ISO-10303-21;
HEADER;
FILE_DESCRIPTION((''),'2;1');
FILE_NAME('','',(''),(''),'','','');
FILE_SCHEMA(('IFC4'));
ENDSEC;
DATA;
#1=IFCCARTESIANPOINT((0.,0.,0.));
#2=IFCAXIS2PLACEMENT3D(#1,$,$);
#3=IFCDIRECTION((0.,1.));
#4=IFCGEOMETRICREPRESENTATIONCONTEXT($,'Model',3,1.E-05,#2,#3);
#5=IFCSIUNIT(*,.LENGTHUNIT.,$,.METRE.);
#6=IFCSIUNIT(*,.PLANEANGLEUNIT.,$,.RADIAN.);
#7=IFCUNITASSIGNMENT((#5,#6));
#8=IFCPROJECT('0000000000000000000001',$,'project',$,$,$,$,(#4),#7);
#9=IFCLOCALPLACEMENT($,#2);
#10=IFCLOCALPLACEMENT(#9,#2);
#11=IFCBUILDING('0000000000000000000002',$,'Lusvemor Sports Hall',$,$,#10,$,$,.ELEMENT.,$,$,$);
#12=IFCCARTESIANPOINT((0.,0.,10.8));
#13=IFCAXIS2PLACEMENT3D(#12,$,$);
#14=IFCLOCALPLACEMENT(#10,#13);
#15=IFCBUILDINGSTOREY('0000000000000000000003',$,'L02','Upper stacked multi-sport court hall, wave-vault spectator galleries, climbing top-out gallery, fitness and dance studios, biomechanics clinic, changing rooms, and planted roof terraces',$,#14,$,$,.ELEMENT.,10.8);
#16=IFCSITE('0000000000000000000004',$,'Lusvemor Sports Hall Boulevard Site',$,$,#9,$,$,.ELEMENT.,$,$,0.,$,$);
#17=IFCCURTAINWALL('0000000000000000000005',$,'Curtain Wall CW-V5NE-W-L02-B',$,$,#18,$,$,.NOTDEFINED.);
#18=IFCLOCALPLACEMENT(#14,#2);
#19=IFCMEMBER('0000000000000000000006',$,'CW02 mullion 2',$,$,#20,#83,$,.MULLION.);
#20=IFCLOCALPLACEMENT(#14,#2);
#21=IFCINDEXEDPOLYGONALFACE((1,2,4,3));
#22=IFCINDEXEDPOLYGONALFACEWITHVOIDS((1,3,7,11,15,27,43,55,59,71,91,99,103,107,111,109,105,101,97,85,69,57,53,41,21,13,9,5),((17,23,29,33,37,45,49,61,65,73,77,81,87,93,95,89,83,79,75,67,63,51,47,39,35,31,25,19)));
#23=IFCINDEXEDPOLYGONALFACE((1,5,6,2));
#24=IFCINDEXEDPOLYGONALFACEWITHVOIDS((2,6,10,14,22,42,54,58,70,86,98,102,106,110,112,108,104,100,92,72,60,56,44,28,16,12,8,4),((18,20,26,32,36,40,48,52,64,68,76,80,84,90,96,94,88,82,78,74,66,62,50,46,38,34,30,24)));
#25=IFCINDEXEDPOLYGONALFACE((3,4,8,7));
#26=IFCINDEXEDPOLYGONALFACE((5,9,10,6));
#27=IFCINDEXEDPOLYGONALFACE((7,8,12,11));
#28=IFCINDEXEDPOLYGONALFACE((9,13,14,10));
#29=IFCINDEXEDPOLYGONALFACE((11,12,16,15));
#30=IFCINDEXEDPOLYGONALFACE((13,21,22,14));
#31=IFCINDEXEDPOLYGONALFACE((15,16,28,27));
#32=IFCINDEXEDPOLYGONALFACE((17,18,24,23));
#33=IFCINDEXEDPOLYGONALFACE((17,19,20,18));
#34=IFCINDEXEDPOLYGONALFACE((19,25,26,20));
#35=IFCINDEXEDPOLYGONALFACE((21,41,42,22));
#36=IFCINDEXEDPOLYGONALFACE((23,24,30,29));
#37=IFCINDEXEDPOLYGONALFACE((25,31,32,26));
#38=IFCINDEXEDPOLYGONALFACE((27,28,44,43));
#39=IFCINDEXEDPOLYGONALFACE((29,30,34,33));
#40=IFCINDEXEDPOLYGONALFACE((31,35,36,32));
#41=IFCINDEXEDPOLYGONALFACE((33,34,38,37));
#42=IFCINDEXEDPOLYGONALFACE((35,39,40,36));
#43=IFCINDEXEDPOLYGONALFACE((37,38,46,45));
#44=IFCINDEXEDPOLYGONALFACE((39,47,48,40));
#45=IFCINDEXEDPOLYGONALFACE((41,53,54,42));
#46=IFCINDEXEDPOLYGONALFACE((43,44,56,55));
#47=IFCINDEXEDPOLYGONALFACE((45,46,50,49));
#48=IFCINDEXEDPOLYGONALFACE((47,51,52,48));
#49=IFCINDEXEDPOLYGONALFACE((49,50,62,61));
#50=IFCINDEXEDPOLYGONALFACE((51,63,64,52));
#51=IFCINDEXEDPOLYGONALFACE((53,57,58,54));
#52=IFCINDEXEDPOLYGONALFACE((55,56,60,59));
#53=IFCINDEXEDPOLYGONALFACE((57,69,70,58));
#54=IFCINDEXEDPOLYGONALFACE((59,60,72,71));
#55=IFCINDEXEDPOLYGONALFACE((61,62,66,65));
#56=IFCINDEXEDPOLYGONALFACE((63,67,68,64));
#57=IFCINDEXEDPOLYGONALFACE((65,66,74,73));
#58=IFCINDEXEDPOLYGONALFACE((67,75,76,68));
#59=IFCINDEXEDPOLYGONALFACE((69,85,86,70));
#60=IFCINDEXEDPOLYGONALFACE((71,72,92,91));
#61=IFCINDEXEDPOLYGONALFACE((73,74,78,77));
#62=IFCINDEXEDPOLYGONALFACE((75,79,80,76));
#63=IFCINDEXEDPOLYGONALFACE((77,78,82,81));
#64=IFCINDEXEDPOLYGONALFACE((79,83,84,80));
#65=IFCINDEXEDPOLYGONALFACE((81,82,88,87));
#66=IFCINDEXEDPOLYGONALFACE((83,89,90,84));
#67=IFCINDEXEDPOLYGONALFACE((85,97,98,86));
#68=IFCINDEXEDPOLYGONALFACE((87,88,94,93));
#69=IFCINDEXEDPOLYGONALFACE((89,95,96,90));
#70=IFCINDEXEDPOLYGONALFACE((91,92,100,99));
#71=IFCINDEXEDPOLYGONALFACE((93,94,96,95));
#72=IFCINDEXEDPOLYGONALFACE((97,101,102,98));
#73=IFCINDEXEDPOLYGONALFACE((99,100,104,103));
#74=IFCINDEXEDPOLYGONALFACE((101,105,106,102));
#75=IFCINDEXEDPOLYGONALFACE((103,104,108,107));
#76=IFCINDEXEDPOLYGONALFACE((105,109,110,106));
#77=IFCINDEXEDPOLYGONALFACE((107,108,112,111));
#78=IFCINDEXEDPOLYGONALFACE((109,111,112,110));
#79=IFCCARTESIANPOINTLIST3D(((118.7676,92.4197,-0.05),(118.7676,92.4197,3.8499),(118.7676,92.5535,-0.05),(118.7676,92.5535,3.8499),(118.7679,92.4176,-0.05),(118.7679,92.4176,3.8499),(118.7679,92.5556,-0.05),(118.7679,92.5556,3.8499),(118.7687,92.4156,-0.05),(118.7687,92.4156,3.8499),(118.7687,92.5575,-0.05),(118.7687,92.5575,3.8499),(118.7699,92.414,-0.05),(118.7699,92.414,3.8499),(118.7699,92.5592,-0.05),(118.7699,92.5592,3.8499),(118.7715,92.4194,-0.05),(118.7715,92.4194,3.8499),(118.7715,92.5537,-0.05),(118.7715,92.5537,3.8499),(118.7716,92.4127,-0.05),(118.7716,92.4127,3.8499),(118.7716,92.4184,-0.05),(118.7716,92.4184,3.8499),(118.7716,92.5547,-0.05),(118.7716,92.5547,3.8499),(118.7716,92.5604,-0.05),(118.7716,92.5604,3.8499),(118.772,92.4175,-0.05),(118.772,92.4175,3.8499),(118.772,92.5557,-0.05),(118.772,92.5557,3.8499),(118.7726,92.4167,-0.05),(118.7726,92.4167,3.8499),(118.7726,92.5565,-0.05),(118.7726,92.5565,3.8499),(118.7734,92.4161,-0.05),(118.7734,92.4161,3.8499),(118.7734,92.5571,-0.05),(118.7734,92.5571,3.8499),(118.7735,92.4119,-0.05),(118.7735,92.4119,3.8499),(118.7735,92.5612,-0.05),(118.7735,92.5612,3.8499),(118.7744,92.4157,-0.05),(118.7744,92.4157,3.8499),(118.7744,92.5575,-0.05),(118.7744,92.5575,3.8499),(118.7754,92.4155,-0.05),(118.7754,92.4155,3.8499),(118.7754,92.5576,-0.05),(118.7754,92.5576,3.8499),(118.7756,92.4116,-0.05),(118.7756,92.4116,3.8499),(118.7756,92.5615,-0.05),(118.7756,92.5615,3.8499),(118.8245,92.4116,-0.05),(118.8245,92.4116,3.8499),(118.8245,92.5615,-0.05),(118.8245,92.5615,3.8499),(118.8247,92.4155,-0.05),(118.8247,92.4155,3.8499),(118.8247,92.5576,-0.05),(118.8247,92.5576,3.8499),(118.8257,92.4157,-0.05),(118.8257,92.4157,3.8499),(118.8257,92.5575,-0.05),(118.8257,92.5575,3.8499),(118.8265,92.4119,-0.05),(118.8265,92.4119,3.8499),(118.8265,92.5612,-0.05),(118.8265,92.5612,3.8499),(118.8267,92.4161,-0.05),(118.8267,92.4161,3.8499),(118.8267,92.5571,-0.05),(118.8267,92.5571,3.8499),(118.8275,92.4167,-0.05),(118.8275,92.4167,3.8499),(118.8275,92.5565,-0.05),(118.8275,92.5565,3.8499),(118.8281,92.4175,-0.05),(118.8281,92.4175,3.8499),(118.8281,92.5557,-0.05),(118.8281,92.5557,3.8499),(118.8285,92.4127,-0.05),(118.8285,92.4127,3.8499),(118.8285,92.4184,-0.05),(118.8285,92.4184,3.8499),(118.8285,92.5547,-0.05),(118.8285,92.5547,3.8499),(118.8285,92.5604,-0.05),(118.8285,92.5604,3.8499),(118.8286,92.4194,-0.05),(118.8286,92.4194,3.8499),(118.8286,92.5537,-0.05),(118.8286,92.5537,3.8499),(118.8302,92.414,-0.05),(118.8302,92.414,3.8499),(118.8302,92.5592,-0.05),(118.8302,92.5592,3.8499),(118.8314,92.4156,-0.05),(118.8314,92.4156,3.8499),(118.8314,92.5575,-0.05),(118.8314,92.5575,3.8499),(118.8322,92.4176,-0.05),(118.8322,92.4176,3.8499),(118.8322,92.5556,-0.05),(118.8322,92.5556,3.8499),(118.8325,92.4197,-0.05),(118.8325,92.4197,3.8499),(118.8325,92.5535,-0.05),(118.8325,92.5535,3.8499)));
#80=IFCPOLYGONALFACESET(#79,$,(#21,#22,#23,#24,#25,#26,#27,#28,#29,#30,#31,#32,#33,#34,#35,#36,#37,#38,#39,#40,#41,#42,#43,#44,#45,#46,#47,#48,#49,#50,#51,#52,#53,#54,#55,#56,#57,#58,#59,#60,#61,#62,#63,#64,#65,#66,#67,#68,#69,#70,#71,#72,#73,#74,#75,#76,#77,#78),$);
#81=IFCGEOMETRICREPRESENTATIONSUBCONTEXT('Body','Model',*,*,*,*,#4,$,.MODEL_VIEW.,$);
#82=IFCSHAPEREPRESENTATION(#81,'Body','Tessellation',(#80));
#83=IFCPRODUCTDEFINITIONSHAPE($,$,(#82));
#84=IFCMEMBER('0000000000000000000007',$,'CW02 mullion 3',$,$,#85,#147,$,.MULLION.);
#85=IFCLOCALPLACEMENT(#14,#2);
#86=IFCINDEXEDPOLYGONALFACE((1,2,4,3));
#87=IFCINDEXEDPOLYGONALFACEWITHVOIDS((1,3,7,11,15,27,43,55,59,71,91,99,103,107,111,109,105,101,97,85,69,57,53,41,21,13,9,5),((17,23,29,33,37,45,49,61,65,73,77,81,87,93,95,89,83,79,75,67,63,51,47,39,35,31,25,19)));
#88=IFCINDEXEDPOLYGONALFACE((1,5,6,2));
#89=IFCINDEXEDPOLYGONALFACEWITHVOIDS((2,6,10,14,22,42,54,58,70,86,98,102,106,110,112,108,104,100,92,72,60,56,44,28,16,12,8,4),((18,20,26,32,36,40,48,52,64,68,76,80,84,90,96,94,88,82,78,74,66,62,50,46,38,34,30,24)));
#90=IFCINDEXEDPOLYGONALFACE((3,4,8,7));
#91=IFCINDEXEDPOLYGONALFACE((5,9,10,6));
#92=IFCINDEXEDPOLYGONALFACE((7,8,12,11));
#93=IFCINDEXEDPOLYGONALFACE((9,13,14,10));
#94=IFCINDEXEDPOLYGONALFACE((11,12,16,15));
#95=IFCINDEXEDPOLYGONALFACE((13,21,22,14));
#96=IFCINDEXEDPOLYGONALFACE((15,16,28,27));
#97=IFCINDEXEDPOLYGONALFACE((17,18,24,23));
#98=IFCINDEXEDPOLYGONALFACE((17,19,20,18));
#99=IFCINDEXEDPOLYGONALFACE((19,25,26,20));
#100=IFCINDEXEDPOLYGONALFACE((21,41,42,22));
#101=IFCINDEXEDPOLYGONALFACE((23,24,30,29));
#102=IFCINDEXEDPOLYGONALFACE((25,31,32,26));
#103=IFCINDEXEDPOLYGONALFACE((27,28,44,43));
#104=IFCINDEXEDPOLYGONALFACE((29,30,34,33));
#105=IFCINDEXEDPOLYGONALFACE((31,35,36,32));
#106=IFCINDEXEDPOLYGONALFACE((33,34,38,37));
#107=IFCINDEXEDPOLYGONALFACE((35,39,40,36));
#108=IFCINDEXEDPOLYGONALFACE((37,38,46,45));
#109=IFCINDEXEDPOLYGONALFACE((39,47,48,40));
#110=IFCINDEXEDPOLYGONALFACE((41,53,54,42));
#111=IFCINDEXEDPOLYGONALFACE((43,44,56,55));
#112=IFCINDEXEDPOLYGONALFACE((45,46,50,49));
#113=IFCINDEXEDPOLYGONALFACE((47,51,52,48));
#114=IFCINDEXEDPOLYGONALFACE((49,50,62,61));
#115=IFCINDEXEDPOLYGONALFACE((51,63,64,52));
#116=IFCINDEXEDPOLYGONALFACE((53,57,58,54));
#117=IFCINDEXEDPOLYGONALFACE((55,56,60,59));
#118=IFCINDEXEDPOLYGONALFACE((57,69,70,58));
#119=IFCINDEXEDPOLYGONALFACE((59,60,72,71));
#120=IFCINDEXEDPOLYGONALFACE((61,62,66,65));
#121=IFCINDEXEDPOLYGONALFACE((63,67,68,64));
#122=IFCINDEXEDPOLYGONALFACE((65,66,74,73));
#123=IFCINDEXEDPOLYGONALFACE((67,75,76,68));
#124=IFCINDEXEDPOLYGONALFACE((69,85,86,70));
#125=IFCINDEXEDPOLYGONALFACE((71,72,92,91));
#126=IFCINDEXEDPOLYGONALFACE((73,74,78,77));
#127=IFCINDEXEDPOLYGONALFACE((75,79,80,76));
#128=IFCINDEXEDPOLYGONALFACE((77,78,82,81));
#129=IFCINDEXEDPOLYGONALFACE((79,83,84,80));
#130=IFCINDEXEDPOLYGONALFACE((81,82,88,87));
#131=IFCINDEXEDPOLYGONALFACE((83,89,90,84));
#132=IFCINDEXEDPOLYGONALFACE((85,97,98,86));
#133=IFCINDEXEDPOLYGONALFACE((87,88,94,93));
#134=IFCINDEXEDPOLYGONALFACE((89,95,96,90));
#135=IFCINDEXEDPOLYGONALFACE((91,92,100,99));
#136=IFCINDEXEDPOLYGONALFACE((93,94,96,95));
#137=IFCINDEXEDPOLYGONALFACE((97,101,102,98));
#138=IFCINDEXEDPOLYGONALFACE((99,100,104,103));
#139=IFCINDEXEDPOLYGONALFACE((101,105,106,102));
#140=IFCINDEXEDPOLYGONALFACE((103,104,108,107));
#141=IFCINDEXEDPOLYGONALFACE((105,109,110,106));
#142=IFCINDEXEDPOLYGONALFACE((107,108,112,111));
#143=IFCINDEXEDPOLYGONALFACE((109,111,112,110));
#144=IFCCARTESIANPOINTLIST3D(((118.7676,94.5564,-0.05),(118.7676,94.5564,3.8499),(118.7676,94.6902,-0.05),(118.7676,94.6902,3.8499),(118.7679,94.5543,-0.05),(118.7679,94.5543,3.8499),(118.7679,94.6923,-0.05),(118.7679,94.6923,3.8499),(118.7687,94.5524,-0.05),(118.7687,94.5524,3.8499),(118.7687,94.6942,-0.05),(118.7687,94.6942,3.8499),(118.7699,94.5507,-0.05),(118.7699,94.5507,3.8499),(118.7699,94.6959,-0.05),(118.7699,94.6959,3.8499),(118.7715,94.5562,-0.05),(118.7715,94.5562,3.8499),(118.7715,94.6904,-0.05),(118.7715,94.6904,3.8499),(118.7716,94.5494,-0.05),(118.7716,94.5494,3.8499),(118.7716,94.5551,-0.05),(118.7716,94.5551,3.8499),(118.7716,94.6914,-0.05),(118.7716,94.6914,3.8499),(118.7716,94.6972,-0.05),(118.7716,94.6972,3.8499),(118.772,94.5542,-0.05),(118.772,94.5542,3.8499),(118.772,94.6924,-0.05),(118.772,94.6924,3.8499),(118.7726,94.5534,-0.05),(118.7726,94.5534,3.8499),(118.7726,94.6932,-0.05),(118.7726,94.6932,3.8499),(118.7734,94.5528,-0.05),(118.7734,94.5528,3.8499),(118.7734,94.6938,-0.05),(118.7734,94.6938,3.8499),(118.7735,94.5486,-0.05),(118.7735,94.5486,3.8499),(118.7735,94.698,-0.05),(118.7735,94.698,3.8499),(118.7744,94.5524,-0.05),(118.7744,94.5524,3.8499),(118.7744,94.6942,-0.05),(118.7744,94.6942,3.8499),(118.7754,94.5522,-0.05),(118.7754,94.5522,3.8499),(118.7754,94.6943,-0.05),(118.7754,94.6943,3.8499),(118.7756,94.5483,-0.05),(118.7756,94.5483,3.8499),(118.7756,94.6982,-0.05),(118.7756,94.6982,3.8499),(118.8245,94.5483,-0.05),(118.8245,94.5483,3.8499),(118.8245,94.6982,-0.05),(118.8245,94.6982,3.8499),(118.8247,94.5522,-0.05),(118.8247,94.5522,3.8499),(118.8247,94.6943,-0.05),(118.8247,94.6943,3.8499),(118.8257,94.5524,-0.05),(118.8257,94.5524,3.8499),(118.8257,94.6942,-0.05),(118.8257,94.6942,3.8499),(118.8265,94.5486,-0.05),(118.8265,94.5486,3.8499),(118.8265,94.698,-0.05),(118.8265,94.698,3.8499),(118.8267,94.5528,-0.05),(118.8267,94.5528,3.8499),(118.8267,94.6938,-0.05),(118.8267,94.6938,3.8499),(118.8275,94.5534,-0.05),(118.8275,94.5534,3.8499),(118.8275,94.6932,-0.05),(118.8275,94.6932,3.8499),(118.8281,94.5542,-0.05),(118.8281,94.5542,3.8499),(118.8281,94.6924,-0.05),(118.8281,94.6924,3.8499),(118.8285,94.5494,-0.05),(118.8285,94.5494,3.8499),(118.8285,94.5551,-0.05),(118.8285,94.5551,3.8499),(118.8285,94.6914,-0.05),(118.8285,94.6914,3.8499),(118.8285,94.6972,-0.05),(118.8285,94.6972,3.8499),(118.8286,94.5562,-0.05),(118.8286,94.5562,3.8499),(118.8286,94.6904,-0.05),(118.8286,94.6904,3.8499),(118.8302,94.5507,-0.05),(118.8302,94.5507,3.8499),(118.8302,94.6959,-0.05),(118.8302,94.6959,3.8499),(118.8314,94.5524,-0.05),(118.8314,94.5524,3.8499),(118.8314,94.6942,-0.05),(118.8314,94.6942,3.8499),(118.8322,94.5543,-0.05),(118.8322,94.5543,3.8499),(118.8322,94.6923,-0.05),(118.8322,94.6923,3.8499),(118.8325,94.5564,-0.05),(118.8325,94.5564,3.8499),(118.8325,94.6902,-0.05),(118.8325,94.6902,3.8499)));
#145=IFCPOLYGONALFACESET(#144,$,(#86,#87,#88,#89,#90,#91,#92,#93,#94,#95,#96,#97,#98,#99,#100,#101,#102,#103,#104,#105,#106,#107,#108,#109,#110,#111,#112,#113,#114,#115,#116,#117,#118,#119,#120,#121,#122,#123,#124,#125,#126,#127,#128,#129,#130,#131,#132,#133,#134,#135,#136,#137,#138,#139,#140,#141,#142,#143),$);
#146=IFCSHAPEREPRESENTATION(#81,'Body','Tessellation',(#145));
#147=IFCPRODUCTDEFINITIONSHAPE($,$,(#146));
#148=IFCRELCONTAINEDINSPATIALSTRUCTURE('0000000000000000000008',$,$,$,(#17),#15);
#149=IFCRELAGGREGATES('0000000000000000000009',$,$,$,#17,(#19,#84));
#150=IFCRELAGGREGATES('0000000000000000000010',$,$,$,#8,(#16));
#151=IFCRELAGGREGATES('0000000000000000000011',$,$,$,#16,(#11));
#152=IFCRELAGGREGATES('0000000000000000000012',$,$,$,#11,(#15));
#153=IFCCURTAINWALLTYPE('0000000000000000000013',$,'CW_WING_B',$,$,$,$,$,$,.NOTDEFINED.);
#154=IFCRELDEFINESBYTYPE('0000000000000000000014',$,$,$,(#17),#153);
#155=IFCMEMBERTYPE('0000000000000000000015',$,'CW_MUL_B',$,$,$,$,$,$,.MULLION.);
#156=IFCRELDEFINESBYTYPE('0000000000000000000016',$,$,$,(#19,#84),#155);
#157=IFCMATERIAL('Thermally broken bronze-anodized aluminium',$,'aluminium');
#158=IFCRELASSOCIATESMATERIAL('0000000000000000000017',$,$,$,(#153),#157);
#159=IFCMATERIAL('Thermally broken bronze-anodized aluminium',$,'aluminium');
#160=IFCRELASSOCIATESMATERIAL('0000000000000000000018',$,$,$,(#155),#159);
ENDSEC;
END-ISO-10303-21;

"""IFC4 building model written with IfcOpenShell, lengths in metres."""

from ifc_helpers import new_model, si_unit, direction, frame, origin, origin_2d, place, context, subcontext, project, spatial, hollow_rectangle, extrude, material, material_profile, profile_set, type_object, element, aggregate, save


model = new_model("IFC4")

# Units and contexts
model_context = context("Model", 3, precision=1e-05, world=origin(), true_north=direction((0.0, 1.0)))
body_context = subcontext(model_context, "Body", "Model", "MODEL_VIEW")
ifc_project = project(units=[si_unit("LENGTHUNIT", "METRE"), si_unit("PLANEANGLEUNIT", "RADIAN")], contexts=[model_context])

# Site, building, storey
site_placement = place(None, origin())
site = spatial("IfcSite", under=ifc_project, at=site_placement, Name="Lusvemor Sports Hall Boulevard Site", CompositionType="ELEMENT", RefElevation=0.0)
building_placement = place(site_placement, origin())
building = spatial("IfcBuilding", under=site, at=building_placement, Name="Lusvemor Sports Hall", CompositionType="ELEMENT")
storey_placement = place(building_placement, frame((0.0, 0.0, 10.8)))
storey = spatial("IfcBuildingStorey", under=building, at=storey_placement, Name="L02", Description="Upper stacked multi-sport court hall, wave-vault spectator galleries, climbing top-out gallery, fitness and dance studios, biomechanics clinic, changing rooms, and planted roof terraces", CompositionType="ELEMENT", Elevation=10.8)

# Curtain wall, members
ifc_material_1 = material(Name="Thermally broken bronze-anodized aluminium", Category="aluminium")
curtain_wall_type = type_object("IfcCurtainWallType", Name="CW_WING_B", PredefinedType="NOTDEFINED", material=ifc_material_1)
curtain_wall_placement = place(storey_placement, origin())
curtain_wall = element("IfcCurtainWall", 1, at=curtain_wall_placement, inside=storey, type_object=curtain_wall_type, Name="Curtain Wall CW-V5NE-W-L02-B", PredefinedType="NOTDEFINED")
ifc_material_2 = material(Name="Thermally broken bronze-anodized aluminium", Category="aluminium")
ifc_material_profile_1 = material_profile(ifc_material_2, hollow_rectangle(XDim=0.0649, YDim=0.1499, WallThickness=0.0039, InnerFilletRadius=0.0039, OuterFilletRadius=0.0081, at=origin_2d()), Name="CWMUL150x65x4")
ifc_profile_set_1 = profile_set([ifc_material_profile_1], Name="Thermally broken bronze-anodized aluminium")
member_type_1 = type_object("IfcMemberType", Name="CW_MUL_B", PredefinedType="MULLION", material=ifc_profile_set_1)
member_1_placement = place(storey_placement, frame((118.8, 92.4866, -0.05), z_axis=(0.0, 0.0, 1.0), x_axis=(-1.0, 0.0, 0.0)))
member_1 = element("IfcMember", 2, at=member_1_placement, type_object=member_type_1, Name="CW02 mullion 2", PredefinedType="MULLION", context=body_context, shape_type="SweptSolid", body=[
    extrude(hollow_rectangle(XDim=0.0649, YDim=0.1499, WallThickness=0.0039, InnerFilletRadius=0.0039, OuterFilletRadius=0.0081, at=origin_2d()), origin(), (0.0, 0.0, 1.0), 3.8999),
])
member_2_placement = place(storey_placement, frame((118.8, 94.6233, -0.05), z_axis=(0.0, 0.0, 1.0), x_axis=(-1.0, 0.0, 0.0)))
member_2 = element("IfcMember", 3, at=member_2_placement, type_object=member_type_1, Name="CW02 mullion 3", PredefinedType="MULLION", context=body_context, shape_type="SweptSolid", body=[
    extrude(hollow_rectangle(XDim=0.0649, YDim=0.1499, WallThickness=0.0039, InnerFilletRadius=0.0039, OuterFilletRadius=0.0081, at=origin_2d()), origin(), (0.0, 0.0, 1.0), 3.8999),
])
aggregate(curtain_wall, [member_1, member_2])

save(model, "model.ifc")
